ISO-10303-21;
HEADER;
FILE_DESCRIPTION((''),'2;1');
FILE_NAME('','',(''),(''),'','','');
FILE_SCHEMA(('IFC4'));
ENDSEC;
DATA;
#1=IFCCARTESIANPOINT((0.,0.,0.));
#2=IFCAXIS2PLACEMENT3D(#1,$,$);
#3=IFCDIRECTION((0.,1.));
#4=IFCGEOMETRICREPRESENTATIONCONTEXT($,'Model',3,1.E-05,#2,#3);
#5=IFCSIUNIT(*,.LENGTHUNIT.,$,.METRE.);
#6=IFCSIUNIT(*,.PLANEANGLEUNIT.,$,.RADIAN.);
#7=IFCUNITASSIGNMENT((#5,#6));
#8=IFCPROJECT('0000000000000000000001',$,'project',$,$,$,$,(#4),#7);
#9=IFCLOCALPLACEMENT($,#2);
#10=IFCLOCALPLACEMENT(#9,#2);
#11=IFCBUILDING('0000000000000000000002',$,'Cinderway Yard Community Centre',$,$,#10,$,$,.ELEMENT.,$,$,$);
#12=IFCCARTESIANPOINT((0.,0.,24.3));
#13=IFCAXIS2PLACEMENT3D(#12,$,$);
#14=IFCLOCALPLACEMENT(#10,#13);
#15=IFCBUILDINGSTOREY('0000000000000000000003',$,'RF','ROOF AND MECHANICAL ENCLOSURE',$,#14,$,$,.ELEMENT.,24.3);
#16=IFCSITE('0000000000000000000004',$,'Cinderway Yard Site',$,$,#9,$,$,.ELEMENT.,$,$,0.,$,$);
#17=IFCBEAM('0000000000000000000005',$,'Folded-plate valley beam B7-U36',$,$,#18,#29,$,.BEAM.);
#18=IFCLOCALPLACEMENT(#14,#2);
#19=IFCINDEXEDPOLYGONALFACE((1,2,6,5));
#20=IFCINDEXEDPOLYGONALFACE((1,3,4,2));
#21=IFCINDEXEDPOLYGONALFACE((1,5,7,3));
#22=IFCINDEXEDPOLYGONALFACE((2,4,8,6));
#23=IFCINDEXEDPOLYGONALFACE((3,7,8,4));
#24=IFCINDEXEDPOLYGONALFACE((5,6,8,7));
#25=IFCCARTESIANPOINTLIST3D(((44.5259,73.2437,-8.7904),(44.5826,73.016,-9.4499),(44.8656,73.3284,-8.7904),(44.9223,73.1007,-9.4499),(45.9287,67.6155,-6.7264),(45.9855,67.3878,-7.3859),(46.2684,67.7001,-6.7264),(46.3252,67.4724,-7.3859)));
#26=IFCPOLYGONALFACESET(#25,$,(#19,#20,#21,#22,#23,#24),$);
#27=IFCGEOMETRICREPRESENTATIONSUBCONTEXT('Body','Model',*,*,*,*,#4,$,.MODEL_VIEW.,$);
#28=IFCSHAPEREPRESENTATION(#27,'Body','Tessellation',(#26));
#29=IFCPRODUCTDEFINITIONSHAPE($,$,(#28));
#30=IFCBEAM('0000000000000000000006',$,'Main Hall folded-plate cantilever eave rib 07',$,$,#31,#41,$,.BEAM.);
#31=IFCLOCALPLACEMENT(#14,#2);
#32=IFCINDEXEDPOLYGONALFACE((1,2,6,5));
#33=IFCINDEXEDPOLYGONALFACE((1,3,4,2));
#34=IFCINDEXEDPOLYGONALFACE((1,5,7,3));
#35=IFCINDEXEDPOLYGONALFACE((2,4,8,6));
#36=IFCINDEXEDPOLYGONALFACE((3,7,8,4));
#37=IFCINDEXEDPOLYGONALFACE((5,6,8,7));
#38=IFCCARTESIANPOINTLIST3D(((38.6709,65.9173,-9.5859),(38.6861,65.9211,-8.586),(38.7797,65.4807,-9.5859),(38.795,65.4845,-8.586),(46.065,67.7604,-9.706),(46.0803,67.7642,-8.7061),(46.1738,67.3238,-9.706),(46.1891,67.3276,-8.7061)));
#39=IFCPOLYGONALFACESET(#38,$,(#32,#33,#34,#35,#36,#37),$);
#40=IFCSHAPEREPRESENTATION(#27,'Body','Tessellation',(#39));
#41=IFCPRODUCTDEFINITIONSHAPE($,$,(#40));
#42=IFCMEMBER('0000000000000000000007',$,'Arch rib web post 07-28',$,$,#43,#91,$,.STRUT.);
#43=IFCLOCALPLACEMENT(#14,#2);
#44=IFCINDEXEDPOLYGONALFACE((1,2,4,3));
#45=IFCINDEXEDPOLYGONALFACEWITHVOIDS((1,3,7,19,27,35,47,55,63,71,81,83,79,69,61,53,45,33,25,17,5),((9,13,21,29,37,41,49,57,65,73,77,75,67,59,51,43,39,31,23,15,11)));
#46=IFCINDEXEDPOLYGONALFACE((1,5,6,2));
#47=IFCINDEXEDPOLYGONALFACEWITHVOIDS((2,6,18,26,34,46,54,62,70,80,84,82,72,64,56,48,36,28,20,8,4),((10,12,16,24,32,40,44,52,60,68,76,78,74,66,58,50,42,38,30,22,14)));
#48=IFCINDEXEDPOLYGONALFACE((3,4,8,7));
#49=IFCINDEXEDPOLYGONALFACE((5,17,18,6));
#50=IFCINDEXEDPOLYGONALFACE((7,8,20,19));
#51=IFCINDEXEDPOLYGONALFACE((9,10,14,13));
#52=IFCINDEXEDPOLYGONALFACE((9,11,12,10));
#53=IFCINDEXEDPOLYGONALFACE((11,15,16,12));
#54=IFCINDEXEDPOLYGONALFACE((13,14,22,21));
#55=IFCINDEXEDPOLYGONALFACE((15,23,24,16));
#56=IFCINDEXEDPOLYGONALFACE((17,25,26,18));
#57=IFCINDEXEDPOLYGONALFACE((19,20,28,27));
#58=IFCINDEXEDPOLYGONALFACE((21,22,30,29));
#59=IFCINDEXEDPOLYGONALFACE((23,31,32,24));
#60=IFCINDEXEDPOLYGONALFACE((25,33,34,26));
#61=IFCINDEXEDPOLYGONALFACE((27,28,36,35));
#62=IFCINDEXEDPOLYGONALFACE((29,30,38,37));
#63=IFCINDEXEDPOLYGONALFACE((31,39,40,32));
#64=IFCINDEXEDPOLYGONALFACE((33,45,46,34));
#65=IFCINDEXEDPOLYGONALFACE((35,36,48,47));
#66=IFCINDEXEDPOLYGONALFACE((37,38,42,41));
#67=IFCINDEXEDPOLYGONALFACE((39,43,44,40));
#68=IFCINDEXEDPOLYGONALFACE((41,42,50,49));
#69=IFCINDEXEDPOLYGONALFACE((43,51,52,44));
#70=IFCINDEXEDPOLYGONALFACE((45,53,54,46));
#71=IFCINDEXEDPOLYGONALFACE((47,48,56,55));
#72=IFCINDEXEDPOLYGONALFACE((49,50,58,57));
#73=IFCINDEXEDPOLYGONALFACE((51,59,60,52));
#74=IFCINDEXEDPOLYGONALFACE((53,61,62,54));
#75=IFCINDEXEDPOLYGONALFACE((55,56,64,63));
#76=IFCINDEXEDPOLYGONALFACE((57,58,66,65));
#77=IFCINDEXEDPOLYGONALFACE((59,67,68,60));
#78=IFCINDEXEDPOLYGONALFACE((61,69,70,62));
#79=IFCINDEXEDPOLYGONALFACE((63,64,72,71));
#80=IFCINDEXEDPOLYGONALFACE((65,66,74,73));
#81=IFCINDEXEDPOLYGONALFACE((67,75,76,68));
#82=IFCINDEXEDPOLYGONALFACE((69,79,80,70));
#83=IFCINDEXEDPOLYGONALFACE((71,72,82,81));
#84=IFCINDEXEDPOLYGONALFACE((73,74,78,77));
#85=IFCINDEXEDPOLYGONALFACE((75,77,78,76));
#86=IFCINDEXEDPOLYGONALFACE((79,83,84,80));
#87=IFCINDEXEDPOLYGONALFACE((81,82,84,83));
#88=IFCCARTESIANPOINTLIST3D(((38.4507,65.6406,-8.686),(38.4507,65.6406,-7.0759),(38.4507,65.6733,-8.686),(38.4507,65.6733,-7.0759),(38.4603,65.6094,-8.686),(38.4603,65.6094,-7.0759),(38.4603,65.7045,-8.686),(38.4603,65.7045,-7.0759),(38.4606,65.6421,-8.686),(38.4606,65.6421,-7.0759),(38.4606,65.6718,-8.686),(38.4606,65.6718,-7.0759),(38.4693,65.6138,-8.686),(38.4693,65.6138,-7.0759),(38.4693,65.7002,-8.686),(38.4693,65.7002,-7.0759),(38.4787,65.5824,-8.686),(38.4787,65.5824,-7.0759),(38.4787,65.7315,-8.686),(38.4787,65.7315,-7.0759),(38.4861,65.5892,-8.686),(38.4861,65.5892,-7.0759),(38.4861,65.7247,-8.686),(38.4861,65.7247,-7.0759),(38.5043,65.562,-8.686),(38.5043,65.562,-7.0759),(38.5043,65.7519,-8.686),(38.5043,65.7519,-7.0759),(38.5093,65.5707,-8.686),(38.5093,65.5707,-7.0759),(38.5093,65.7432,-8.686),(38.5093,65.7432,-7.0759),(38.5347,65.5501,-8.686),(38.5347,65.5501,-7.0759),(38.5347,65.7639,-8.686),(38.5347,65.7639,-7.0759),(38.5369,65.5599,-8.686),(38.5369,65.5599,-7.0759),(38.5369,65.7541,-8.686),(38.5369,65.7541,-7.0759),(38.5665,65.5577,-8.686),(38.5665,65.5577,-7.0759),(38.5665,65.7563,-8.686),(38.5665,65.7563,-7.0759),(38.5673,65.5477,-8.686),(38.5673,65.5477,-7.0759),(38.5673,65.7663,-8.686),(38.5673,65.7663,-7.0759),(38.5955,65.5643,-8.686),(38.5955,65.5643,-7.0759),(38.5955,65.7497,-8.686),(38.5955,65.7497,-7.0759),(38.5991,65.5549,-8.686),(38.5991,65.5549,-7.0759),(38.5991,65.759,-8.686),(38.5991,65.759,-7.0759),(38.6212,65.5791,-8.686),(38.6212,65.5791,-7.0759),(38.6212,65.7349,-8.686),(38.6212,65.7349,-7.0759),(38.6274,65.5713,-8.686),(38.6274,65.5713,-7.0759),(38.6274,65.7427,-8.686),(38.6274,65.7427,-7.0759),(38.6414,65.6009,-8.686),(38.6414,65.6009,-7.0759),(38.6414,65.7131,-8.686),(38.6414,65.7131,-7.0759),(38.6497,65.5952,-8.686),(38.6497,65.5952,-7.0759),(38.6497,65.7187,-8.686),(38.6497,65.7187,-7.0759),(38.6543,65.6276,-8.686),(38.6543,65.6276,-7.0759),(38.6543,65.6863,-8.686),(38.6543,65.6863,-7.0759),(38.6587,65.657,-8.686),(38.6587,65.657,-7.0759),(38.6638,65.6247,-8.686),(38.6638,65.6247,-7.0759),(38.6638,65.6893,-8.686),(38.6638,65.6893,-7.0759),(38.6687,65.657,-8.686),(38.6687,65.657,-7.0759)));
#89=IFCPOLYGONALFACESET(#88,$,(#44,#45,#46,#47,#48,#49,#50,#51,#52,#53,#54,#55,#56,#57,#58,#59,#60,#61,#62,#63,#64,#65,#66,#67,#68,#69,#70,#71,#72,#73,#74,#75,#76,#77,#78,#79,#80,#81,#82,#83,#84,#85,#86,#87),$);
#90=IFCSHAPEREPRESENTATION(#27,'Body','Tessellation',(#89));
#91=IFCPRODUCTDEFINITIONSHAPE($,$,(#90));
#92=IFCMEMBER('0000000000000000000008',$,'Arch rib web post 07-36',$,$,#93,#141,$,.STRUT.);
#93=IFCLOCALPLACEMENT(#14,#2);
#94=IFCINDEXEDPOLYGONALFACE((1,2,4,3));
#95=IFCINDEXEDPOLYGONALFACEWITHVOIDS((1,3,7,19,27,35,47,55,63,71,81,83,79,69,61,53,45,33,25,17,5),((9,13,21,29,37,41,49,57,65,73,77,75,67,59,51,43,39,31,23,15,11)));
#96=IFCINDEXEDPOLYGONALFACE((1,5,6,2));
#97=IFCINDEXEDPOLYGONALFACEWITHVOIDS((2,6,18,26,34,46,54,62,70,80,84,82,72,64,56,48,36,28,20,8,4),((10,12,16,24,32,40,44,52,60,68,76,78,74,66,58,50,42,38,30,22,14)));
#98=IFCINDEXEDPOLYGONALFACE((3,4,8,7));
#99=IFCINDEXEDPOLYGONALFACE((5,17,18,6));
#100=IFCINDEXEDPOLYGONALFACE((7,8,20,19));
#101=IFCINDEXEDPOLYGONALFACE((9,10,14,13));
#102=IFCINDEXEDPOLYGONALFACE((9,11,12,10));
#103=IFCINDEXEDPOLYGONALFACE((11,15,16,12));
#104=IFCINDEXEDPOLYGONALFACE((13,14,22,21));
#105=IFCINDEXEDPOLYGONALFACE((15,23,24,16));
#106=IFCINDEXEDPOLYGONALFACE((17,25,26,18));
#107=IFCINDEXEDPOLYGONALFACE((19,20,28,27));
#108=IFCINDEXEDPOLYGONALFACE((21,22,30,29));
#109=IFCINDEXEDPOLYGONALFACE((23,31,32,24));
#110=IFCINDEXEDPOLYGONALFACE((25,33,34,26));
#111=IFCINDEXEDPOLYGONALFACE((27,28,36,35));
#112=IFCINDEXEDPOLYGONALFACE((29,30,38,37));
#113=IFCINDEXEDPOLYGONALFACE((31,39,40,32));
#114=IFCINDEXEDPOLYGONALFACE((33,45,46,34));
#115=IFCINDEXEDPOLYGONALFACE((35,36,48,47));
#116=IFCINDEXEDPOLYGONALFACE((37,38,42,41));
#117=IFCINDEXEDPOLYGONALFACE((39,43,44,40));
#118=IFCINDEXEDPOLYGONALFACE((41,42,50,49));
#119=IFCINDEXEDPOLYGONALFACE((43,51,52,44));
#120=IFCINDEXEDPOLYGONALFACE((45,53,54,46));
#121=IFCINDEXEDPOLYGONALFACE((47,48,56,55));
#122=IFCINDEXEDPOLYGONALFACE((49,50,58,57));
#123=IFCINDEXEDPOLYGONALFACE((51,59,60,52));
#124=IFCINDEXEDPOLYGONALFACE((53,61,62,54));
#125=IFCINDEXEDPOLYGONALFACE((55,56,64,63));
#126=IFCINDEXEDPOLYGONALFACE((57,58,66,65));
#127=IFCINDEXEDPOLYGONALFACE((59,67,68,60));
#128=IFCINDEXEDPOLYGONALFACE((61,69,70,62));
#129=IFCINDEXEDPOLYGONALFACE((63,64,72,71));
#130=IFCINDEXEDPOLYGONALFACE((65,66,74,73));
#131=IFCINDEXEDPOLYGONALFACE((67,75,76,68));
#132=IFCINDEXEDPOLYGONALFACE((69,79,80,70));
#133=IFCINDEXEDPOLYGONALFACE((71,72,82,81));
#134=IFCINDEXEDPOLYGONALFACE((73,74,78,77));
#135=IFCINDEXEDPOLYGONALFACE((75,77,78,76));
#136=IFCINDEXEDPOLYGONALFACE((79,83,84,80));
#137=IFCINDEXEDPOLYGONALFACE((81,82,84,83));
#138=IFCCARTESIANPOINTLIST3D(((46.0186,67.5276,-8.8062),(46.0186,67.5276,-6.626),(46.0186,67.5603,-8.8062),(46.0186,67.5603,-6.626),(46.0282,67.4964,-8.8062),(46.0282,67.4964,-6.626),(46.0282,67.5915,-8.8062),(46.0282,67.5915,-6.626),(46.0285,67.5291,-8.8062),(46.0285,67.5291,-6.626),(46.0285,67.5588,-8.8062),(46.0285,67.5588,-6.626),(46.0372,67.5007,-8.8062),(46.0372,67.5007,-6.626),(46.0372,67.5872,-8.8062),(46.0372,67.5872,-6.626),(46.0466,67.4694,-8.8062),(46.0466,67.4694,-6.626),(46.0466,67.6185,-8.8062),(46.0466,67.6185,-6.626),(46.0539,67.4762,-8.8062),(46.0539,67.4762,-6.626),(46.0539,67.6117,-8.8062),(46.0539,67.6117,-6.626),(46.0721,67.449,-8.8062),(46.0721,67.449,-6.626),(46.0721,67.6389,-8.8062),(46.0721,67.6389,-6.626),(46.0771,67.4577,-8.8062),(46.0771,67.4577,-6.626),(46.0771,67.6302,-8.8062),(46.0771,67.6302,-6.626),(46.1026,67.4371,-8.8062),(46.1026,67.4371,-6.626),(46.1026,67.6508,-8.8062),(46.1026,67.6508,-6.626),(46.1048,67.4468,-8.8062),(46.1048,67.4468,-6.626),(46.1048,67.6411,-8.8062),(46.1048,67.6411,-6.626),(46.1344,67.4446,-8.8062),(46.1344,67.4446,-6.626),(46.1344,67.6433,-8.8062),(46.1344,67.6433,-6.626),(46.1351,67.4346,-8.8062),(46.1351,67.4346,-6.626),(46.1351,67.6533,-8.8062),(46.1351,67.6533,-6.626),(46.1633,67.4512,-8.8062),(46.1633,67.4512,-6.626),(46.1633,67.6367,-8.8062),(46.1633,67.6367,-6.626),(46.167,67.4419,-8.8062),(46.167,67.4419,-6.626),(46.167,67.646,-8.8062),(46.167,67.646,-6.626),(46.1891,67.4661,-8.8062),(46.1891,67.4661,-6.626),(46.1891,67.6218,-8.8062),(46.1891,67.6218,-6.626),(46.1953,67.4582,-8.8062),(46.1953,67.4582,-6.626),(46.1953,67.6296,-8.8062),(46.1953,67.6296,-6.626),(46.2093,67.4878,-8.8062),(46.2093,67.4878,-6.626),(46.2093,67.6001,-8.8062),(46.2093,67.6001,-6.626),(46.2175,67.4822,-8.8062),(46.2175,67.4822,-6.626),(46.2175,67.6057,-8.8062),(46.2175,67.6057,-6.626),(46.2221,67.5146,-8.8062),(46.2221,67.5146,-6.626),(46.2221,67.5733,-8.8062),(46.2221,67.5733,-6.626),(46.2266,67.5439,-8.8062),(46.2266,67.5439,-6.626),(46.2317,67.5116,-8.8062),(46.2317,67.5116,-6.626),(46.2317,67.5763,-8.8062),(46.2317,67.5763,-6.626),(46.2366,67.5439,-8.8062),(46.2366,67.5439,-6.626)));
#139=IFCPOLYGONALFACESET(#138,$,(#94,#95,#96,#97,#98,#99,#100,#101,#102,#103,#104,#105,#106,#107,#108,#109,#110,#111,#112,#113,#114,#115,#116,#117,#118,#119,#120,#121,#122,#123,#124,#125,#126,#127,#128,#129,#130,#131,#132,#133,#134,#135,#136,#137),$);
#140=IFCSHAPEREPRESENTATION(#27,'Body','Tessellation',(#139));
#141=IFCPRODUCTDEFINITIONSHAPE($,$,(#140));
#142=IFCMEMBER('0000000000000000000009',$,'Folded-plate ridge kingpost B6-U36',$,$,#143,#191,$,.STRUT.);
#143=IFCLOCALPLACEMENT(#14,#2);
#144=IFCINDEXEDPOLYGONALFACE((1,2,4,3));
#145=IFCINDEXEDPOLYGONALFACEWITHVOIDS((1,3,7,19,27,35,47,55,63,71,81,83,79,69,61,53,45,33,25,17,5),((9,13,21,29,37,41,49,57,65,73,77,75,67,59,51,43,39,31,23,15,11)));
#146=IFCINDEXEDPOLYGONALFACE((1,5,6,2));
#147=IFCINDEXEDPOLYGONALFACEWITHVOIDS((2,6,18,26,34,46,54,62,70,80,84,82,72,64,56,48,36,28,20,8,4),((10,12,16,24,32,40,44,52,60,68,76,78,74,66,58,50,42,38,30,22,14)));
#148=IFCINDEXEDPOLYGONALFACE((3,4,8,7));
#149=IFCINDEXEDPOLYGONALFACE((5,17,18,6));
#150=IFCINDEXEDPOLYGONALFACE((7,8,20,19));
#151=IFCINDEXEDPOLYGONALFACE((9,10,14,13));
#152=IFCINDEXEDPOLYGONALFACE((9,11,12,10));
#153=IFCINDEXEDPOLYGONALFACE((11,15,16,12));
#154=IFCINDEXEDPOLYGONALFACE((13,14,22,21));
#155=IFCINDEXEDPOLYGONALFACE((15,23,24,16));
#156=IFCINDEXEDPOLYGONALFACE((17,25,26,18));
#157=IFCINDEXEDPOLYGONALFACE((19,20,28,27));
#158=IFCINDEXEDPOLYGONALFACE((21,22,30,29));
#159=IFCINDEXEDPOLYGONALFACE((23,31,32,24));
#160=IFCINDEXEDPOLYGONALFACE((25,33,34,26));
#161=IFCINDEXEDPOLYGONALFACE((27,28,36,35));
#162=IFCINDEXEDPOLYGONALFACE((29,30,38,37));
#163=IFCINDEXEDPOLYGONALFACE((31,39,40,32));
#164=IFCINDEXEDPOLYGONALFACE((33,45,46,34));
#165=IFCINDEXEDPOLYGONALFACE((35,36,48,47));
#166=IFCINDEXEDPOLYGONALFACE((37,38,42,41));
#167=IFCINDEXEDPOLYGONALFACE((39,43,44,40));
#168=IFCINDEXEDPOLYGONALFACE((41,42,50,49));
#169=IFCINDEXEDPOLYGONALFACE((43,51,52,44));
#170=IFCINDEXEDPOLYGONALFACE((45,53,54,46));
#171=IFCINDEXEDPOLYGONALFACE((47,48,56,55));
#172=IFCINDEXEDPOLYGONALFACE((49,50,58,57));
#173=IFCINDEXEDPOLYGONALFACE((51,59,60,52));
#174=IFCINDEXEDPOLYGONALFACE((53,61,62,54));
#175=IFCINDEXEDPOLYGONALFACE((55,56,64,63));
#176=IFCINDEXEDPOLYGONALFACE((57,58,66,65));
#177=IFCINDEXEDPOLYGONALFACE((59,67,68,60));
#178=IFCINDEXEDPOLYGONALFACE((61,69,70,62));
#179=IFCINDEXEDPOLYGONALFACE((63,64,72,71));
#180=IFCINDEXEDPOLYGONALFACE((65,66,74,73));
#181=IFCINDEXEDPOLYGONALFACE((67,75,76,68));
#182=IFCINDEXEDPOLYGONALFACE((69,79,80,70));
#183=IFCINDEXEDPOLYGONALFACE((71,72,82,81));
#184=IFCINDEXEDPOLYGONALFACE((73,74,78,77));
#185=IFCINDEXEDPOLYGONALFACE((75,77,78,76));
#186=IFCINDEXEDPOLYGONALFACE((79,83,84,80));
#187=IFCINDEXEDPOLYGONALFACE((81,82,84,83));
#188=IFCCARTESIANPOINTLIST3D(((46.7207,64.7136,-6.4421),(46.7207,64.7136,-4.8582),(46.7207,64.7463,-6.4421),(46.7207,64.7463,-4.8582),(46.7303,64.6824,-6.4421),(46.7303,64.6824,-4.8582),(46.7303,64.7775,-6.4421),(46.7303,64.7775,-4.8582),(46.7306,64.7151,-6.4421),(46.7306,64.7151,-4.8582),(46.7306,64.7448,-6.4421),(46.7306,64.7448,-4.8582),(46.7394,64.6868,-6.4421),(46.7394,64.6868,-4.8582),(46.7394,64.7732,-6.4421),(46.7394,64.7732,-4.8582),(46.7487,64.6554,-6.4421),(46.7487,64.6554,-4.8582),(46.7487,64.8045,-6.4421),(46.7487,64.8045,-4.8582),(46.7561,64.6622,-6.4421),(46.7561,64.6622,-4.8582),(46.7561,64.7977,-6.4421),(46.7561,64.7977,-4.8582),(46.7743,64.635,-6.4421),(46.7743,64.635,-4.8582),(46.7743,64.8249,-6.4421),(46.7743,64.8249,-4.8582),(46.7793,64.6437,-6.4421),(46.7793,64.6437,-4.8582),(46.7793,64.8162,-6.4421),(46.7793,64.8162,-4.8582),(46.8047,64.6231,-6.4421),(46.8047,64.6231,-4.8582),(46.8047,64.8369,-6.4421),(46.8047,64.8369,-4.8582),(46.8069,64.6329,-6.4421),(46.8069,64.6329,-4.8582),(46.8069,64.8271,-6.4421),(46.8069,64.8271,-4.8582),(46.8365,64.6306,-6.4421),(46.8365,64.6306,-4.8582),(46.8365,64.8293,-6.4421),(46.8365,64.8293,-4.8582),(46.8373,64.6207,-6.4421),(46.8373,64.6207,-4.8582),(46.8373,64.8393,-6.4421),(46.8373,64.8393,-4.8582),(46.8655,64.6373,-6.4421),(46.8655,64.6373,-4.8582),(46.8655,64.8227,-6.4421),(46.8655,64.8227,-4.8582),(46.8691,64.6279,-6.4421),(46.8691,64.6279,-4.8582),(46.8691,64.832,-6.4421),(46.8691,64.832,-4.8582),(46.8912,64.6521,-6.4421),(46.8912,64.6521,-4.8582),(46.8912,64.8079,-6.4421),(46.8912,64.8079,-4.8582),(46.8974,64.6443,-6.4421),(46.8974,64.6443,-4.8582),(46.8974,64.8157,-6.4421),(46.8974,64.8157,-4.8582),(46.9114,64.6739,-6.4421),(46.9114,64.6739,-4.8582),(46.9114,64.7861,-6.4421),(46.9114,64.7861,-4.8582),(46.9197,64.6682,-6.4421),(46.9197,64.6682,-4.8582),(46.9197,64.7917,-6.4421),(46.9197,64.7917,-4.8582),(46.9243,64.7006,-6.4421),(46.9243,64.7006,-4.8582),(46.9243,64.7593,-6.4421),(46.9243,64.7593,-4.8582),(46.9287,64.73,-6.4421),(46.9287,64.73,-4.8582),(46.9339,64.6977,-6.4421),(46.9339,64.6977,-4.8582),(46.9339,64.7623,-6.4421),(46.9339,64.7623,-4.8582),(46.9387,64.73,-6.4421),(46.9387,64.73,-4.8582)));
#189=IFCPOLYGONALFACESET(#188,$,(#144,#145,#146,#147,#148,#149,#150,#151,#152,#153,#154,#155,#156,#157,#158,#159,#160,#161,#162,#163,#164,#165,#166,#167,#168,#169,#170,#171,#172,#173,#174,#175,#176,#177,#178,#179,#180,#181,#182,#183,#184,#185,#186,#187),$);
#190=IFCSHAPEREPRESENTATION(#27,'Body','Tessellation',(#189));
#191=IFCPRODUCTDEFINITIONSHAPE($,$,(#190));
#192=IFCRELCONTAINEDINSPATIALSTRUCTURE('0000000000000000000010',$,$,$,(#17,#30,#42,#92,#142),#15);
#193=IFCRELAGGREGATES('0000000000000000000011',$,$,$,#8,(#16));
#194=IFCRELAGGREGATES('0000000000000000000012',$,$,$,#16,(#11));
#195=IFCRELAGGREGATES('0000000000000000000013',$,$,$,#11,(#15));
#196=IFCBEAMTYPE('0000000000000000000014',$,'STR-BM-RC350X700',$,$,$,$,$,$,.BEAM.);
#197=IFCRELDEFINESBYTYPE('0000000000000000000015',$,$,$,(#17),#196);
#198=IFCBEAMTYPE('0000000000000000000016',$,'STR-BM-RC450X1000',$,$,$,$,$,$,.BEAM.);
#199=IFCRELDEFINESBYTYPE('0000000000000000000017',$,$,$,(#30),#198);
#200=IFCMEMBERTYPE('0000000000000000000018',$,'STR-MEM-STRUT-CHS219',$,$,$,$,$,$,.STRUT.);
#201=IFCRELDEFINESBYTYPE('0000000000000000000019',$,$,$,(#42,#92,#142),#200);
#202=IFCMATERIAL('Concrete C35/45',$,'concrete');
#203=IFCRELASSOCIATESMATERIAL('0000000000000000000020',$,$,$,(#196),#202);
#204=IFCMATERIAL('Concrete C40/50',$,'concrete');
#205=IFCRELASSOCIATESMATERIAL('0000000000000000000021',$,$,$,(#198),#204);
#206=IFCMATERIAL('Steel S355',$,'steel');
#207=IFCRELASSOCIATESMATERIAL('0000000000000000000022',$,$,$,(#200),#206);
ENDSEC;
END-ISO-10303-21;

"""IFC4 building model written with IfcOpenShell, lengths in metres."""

from ifc_helpers import new_model, si_unit, direction, frame, origin, origin_2d, place, context, subcontext, project, spatial, rectangle, hollow_circle, extrude, material, material_profile, profile_set, type_object, element, save


model = new_model("IFC4")

# Units and contexts
model_context = context("Model", 3, precision=1e-05, world=origin(), true_north=direction((0.0, 1.0)))
body_context = subcontext(model_context, "Body", "Model", "MODEL_VIEW")
ifc_project = project(units=[si_unit("LENGTHUNIT", "METRE"), si_unit("PLANEANGLEUNIT", "RADIAN")], contexts=[model_context])

# Site, building, storey
site_placement = place(None, origin())
site = spatial("IfcSite", under=ifc_project, at=site_placement, Name="Cinderway Yard Site", CompositionType="ELEMENT", RefElevation=0.0)
building_placement = place(site_placement, origin())
building = spatial("IfcBuilding", under=site, at=building_placement, Name="Cinderway Yard Community Centre", CompositionType="ELEMENT")
storey_placement = place(building_placement, frame((0.0, 0.0, 24.3)))
storey = spatial("IfcBuildingStorey", under=building, at=storey_placement, Name="RF", Description="ROOF AND MECHANICAL ENCLOSURE", CompositionType="ELEMENT", Elevation=24.3)

# Shared definitions
ifc_material_1 = material(Name="Steel S355", Category="steel")

# Beams
ifc_material_2 = material(Name="Concrete C35/45", Category="concrete")
ifc_material_profile_1 = material_profile(ifc_material_2, rectangle(XDim=0.3501, YDim=0.7, at=origin_2d()), Name="Concrete C35/45")
ifc_profile_set_1 = profile_set([ifc_material_profile_1], Name="Concrete C35/45")
beam_type_1 = type_object("IfcBeamType", Name="STR-BM-RC350X700", PredefinedType="BEAM", material=ifc_profile_set_1)
beam_1_placement = place(storey_placement, frame((46.127, 67.5439, -7.0562), z_axis=(-0.227857, 0.914163, -0.335242), x_axis=(-0.970313, -0.241852, 0.0)))
element("IfcBeam", 1, at=beam_1_placement, inside=storey, type_object=beam_type_1, Name="Folded-plate valley beam B7-U36", PredefinedType="BEAM", context=body_context, shape_type="SweptSolid", body=[
    extrude(rectangle(XDim=0.3501, YDim=0.7, at=origin_2d()), origin(), (0.0, 0.0, 1.0), 6.1567),
])
ifc_material_3 = material(Name="Concrete C40/50", Category="concrete")
ifc_material_profile_2 = material_profile(ifc_material_3, rectangle(XDim=0.45, YDim=1.0, at=origin_2d()), Name="Concrete C40/50")
ifc_profile_set_2 = profile_set([ifc_material_profile_2], Name="Concrete C40/50")
beam_type_2 = type_object("IfcBeamType", Name="STR-BM-RC450X1000", PredefinedType="BEAM", material=ifc_profile_set_2)
beam_2_placement = place(storey_placement, frame((38.7329, 65.7009, -9.0859), z_axis=(0.970191, 0.241827, -0.015761), x_axis=(-0.241857, 0.970312, 0.0)))
element("IfcBeam", 2, at=beam_2_placement, inside=storey, type_object=beam_type_2, Name="Main Hall folded-plate cantilever eave rib 07", PredefinedType="BEAM", context=body_context, shape_type="SweptSolid", body=[
    extrude(rectangle(XDim=0.45, YDim=1.0, at=origin_2d()), origin(), (0.0, 0.0, 1.0), 7.6213),
])

# Members
ifc_material_profile_3 = material_profile(ifc_material_1, hollow_circle(Radius=0.1096, WallThickness=0.01, at=origin_2d()), Name="Steel S355")
ifc_profile_set_3 = profile_set([ifc_material_profile_3], Name="Steel S355")
member_type_1 = type_object("IfcMemberType", Name="STR-MEM-STRUT-CHS219", PredefinedType="STRUT", material=ifc_profile_set_3)
member_1_placement = place(storey_placement, frame((38.5591, 65.657, -8.686), z_axis=(0.0, 0.0, 1.0), x_axis=(1.0, 0.0, 0.0)))
element("IfcMember", 3, at=member_1_placement, inside=storey, type_object=member_type_1, Name="Arch rib web post 07-28", PredefinedType="STRUT", context=body_context, shape_type="SweptSolid", body=[
    extrude(hollow_circle(Radius=0.1096, WallThickness=0.01, at=origin_2d()), origin(), (0.0, 0.0, 1.0), 1.6101),
])
member_2_placement = place(storey_placement, frame((46.127, 67.5439, -8.8062), z_axis=(0.0, 0.0, 1.0), x_axis=(1.0, 0.0, 0.0)))
element("IfcMember", 4, at=member_2_placement, inside=storey, type_object=member_type_1, Name="Arch rib web post 07-36", PredefinedType="STRUT", context=body_context, shape_type="SweptSolid", body=[
    extrude(hollow_circle(Radius=0.1096, WallThickness=0.01, at=origin_2d()), origin(), (0.0, 0.0, 1.0), 2.1802),
])
member_3_placement = place(storey_placement, frame((46.8291, 64.73, -6.4421), z_axis=(0.0, 0.0, 1.0), x_axis=(1.0, 0.0, 0.0)))
element("IfcMember", 5, at=member_3_placement, inside=storey, type_object=member_type_1, Name="Folded-plate ridge kingpost B6-U36", PredefinedType="STRUT", context=body_context, shape_type="SweptSolid", body=[
    extrude(hollow_circle(Radius=0.1096, WallThickness=0.01, at=origin_2d()), origin(), (0.0, 0.0, 1.0), 1.584),
])

save(model, "model.ifc")
